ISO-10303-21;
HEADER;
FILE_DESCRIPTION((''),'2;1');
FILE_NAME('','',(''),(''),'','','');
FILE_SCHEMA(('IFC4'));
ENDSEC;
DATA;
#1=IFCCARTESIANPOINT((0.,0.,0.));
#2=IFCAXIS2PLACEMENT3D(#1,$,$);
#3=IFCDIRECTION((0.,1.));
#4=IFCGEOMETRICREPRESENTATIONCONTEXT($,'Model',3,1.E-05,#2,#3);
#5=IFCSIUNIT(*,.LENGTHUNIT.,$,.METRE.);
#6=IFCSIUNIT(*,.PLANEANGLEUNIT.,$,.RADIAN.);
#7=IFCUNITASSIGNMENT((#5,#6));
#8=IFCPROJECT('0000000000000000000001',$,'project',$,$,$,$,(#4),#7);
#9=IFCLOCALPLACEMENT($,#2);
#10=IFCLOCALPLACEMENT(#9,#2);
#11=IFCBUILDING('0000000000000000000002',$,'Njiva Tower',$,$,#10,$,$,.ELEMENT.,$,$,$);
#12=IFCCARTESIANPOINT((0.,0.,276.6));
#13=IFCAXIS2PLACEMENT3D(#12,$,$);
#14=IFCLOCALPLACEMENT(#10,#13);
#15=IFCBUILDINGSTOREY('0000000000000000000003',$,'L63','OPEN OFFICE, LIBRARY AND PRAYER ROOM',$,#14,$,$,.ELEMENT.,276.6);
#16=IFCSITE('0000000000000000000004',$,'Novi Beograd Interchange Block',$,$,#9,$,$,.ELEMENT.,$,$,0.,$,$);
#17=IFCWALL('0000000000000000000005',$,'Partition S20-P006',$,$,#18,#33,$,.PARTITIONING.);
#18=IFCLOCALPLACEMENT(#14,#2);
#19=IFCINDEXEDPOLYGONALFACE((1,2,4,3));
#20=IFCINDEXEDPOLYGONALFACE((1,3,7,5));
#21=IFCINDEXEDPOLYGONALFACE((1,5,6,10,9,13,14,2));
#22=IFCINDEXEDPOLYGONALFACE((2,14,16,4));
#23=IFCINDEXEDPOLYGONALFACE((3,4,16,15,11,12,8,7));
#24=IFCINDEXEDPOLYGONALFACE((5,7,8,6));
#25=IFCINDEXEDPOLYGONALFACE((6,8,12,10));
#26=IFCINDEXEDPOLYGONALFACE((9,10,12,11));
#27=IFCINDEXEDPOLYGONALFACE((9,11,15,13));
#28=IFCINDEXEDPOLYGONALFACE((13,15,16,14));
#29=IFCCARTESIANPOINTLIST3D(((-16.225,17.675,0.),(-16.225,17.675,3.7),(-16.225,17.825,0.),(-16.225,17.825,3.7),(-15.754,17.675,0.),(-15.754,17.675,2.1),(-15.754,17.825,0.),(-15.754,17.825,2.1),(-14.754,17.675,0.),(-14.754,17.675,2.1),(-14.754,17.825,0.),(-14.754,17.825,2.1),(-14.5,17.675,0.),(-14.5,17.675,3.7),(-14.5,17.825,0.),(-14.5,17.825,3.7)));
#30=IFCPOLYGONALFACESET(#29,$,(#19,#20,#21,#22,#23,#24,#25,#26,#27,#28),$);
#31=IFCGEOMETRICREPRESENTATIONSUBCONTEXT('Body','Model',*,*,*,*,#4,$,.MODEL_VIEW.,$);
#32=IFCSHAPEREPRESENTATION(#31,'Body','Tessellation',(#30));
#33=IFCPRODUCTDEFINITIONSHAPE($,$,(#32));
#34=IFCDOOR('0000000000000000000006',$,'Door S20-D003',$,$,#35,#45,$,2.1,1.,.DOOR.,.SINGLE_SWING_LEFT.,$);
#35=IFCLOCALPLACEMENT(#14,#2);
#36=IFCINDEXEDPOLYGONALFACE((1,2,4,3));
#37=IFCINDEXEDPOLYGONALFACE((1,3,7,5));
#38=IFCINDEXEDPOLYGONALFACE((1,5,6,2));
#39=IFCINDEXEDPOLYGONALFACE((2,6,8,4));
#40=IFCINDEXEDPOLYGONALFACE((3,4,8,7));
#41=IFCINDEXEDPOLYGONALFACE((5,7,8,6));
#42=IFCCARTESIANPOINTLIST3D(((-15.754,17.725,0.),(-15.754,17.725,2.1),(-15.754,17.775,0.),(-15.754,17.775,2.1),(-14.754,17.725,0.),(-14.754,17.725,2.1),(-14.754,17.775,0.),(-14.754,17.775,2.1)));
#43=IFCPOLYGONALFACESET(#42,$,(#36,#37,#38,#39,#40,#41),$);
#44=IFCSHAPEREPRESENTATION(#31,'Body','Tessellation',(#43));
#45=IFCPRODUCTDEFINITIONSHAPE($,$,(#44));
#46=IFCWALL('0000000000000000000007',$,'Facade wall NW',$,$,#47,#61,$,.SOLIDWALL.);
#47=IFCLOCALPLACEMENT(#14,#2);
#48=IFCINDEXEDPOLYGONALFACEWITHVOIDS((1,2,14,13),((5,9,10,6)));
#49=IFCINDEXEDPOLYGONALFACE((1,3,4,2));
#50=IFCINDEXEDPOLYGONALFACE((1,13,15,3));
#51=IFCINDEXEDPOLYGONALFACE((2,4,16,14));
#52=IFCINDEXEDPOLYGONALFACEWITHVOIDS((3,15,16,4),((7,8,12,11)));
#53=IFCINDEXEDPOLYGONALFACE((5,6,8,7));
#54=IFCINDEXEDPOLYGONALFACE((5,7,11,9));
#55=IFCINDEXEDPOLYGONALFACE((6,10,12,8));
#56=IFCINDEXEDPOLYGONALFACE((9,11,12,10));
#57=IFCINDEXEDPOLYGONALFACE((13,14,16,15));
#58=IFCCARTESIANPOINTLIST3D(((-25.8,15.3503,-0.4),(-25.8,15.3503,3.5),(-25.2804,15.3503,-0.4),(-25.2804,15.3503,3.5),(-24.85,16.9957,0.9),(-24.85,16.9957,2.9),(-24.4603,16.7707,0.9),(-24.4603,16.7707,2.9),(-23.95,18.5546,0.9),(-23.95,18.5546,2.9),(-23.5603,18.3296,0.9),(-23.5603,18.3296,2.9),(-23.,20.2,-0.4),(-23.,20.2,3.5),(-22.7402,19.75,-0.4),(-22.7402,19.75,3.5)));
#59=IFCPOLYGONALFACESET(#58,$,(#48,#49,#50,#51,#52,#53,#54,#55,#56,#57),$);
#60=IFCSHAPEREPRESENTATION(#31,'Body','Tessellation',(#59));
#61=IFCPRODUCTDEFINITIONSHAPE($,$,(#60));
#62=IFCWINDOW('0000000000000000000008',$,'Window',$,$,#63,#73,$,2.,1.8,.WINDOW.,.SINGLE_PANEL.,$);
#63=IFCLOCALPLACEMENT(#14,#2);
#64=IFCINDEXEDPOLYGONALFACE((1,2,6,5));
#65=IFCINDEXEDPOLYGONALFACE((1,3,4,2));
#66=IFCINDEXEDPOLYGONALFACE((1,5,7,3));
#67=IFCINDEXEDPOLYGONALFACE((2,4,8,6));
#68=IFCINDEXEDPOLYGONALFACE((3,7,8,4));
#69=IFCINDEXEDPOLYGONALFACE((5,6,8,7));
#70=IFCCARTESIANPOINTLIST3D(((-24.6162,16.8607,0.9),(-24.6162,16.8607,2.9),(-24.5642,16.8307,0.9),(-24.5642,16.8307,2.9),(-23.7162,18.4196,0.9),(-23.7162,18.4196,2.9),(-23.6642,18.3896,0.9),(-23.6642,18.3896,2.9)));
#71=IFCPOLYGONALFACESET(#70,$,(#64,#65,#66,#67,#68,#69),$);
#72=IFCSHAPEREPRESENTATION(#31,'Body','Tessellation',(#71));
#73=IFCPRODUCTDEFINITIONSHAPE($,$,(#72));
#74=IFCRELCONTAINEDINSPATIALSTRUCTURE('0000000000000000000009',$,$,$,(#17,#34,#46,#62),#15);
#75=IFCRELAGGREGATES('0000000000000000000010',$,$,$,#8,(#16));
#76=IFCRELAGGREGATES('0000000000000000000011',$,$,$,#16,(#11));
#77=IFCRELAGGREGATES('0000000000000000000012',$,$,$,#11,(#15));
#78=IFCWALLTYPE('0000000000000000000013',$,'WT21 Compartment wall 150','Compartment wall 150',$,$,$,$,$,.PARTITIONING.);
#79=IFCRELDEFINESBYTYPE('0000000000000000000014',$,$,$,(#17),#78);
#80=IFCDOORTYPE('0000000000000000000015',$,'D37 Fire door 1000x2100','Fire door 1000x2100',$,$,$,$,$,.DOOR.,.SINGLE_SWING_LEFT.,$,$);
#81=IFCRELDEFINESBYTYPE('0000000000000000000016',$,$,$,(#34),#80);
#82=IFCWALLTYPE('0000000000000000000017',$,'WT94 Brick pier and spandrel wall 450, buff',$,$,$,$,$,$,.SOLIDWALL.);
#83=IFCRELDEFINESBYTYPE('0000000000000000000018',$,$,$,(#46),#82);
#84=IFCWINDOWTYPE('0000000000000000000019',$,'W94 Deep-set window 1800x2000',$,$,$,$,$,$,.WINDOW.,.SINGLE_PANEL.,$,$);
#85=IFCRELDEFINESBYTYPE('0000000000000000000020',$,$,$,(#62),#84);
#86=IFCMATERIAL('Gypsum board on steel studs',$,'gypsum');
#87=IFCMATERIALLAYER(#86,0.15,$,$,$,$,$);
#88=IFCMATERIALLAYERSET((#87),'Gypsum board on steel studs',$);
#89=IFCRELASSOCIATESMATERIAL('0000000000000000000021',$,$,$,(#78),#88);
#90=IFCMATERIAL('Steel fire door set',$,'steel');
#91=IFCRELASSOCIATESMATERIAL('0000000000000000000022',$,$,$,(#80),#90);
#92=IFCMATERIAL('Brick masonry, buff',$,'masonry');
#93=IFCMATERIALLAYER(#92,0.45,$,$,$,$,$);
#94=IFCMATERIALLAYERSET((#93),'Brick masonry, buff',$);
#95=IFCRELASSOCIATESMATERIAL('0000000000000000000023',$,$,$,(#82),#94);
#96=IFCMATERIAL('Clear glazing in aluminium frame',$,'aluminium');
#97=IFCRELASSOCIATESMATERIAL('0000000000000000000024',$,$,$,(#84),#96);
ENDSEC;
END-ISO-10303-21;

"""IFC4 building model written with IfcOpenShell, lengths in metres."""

from ifc_helpers import new_model, si_unit, direction, frame, frame_2d, origin, place, context, subcontext, project, spatial, polyline, rectangle, outline, extrude, material, layer, layer_set, type_object, element, fill, save


model = new_model("IFC4")

# Units and contexts
model_context = context("Model", 3, precision=1e-05, world=origin(), true_north=direction((0.0, 1.0)))
body_context = subcontext(model_context, "Body", "Model", "MODEL_VIEW")
ifc_project = project(units=[si_unit("LENGTHUNIT", "METRE"), si_unit("PLANEANGLEUNIT", "RADIAN")], contexts=[model_context])

# Site, building, storey
site_placement = place(None, origin())
site = spatial("IfcSite", under=ifc_project, at=site_placement, Name="Novi Beograd Interchange Block", CompositionType="ELEMENT", RefElevation=0.0)
building_placement = place(site_placement, origin())
building = spatial("IfcBuilding", under=site, at=building_placement, Name="Njiva Tower", CompositionType="ELEMENT")
storey_placement = place(building_placement, frame((0.0, 0.0, 276.6)))
storey = spatial("IfcBuildingStorey", under=building, at=storey_placement, Name="L63", Description="OPEN OFFICE, LIBRARY AND PRAYER ROOM", CompositionType="ELEMENT", Elevation=276.6)

# Shared definitions
ifc_material_1 = material(Name="Gypsum board on steel studs", Category="gypsum")

# Wall, opening, door
ifc_layer_1 = layer(ifc_material_1, 0.15)
ifc_layer_set_1 = layer_set([ifc_layer_1], Name="Gypsum board on steel studs")
wall_type_1 = type_object("IfcWallType", Name="WT21 Compartment wall 150", Description="Compartment wall 150", PredefinedType="PARTITIONING", material=ifc_layer_set_1)
wall_1_placement = place(storey_placement, frame((-16.225, 17.75, 0.0), z_axis=(0.0, 0.0, 1.0), x_axis=(1.0, 0.0, 0.0)))
wall_1 = element("IfcWall", 1, at=wall_1_placement, inside=storey, type_object=wall_type_1, Name="Partition S20-P006", PredefinedType="PARTITIONING", context=body_context, shape_type="SweptSolid", body=[
    extrude(rectangle(XDim=1.725, YDim=0.15, at=frame_2d((0.8625, 0.0))), origin(), (0.0, 0.0, 1.0), 3.7),
])
opening_1_placement = place(wall_1_placement, frame((0.471, 0.0, 0.0)))
opening_1 = element("IfcOpeningElement", 2, at=opening_1_placement, cuts=wall_1, PredefinedType="OPENING", context=body_context, shape_type="SweptSolid", body=[
    extrude(rectangle(XDim=1.0, YDim=2.1, at=frame_2d((0.5, 1.05))), frame((0.0, 0.085, 0.0), z_axis=(0.0, -1.0, 0.0), x_axis=(1.0, 0.0, 0.0)), (0.0, 0.0, 1.0), 0.17),
])
ifc_material_2 = material(Name="Steel fire door set", Category="steel")
door_type = type_object("IfcDoorType", Name="D37 Fire door 1000x2100", Description="Fire door 1000x2100", OperationType="SINGLE_SWING_LEFT", PredefinedType="DOOR", material=ifc_material_2)
door_placement = place(opening_1_placement, origin())
door = element("IfcDoor", 3, at=door_placement, inside=storey, type_object=door_type, Name="Door S20-D003", OperationType="SINGLE_SWING_LEFT", OverallHeight=2.1, OverallWidth=1.0, PredefinedType="DOOR", context=body_context, shape_type="SweptSolid", body=[
    extrude(rectangle(XDim=1.0, YDim=2.1, at=frame_2d((0.5, 1.05))), frame((0.0, 0.025, 0.0), z_axis=(0.0, -1.0, 0.0), x_axis=(1.0, 0.0, 0.0)), (0.0, 0.0, 1.0), 0.05),
])
fill(opening_1, door)

# Shared definitions
ifc_material_3 = material(Name="Clear glazing in aluminium frame", Category="aluminium")

# Wall, opening, window
ifc_material_4 = material(Name="Brick masonry, buff", Category="masonry")
ifc_layer_2 = layer(ifc_material_4, 0.45)
ifc_layer_set_2 = layer_set([ifc_layer_2], Name="Brick masonry, buff")
wall_type_2 = type_object("IfcWallType", Name="WT94 Brick pier and spandrel wall 450, buff", PredefinedType="SOLIDWALL", material=ifc_layer_set_2)
wall_2_placement = place(storey_placement, frame((-22.8701, 19.975, -0.4), z_axis=(0.0, 0.0, 1.0), x_axis=(-0.500004, -0.866023, 0.0)))
wall_2 = element("IfcWall", 4, at=wall_2_placement, inside=storey, type_object=wall_type_2, Name="Facade wall NW", PredefinedType="SOLIDWALL", context=body_context, shape_type="SweptSolid", body=[
    extrude(outline(polyline([(-0.1299, -0.225), (5.4701, -0.225), (5.2103, 0.225), (0.1299, 0.225), (-0.1299, -0.225)])), origin(), (0.0, 0.0, 1.0), 3.9),
])
opening_2_placement = place(wall_2_placement, frame((1.7701, 0.0, 1.3)))
opening_2 = element("IfcOpeningElement", 5, at=opening_2_placement, cuts=wall_2, PredefinedType="OPENING", context=body_context, shape_type="SweptSolid", body=[
    extrude(rectangle(XDim=1.8, YDim=2.0, at=frame_2d((0.9, 1.0))), frame((0.0, 0.235, 0.0), z_axis=(0.0, -1.0, 0.0), x_axis=(1.0, 0.0, 0.0)), (0.0, 0.0, 1.0), 0.47),
])
window_type_1 = type_object("IfcWindowType", Name="W94 Deep-set window 1800x2000", PartitioningType="SINGLE_PANEL", PredefinedType="WINDOW", material=ifc_material_3)
window_1_placement = place(opening_2_placement, origin())
window_1 = element("IfcWindow", 6, at=window_1_placement, inside=storey, type_object=window_type_1, Name="Window", OverallHeight=2.0, OverallWidth=1.8, PartitioningType="SINGLE_PANEL", PredefinedType="WINDOW", context=body_context, shape_type="SweptSolid", body=[
    extrude(rectangle(XDim=1.8, YDim=2.0, at=frame_2d((0.9, 1.0))), frame((0.0, 0.105, 0.0), z_axis=(0.0, -1.0, 0.0), x_axis=(1.0, 0.0, 0.0)), (0.0, 0.0, 1.0), 0.06),
])
fill(opening_2, window_1)

save(model, "model.ifc")
